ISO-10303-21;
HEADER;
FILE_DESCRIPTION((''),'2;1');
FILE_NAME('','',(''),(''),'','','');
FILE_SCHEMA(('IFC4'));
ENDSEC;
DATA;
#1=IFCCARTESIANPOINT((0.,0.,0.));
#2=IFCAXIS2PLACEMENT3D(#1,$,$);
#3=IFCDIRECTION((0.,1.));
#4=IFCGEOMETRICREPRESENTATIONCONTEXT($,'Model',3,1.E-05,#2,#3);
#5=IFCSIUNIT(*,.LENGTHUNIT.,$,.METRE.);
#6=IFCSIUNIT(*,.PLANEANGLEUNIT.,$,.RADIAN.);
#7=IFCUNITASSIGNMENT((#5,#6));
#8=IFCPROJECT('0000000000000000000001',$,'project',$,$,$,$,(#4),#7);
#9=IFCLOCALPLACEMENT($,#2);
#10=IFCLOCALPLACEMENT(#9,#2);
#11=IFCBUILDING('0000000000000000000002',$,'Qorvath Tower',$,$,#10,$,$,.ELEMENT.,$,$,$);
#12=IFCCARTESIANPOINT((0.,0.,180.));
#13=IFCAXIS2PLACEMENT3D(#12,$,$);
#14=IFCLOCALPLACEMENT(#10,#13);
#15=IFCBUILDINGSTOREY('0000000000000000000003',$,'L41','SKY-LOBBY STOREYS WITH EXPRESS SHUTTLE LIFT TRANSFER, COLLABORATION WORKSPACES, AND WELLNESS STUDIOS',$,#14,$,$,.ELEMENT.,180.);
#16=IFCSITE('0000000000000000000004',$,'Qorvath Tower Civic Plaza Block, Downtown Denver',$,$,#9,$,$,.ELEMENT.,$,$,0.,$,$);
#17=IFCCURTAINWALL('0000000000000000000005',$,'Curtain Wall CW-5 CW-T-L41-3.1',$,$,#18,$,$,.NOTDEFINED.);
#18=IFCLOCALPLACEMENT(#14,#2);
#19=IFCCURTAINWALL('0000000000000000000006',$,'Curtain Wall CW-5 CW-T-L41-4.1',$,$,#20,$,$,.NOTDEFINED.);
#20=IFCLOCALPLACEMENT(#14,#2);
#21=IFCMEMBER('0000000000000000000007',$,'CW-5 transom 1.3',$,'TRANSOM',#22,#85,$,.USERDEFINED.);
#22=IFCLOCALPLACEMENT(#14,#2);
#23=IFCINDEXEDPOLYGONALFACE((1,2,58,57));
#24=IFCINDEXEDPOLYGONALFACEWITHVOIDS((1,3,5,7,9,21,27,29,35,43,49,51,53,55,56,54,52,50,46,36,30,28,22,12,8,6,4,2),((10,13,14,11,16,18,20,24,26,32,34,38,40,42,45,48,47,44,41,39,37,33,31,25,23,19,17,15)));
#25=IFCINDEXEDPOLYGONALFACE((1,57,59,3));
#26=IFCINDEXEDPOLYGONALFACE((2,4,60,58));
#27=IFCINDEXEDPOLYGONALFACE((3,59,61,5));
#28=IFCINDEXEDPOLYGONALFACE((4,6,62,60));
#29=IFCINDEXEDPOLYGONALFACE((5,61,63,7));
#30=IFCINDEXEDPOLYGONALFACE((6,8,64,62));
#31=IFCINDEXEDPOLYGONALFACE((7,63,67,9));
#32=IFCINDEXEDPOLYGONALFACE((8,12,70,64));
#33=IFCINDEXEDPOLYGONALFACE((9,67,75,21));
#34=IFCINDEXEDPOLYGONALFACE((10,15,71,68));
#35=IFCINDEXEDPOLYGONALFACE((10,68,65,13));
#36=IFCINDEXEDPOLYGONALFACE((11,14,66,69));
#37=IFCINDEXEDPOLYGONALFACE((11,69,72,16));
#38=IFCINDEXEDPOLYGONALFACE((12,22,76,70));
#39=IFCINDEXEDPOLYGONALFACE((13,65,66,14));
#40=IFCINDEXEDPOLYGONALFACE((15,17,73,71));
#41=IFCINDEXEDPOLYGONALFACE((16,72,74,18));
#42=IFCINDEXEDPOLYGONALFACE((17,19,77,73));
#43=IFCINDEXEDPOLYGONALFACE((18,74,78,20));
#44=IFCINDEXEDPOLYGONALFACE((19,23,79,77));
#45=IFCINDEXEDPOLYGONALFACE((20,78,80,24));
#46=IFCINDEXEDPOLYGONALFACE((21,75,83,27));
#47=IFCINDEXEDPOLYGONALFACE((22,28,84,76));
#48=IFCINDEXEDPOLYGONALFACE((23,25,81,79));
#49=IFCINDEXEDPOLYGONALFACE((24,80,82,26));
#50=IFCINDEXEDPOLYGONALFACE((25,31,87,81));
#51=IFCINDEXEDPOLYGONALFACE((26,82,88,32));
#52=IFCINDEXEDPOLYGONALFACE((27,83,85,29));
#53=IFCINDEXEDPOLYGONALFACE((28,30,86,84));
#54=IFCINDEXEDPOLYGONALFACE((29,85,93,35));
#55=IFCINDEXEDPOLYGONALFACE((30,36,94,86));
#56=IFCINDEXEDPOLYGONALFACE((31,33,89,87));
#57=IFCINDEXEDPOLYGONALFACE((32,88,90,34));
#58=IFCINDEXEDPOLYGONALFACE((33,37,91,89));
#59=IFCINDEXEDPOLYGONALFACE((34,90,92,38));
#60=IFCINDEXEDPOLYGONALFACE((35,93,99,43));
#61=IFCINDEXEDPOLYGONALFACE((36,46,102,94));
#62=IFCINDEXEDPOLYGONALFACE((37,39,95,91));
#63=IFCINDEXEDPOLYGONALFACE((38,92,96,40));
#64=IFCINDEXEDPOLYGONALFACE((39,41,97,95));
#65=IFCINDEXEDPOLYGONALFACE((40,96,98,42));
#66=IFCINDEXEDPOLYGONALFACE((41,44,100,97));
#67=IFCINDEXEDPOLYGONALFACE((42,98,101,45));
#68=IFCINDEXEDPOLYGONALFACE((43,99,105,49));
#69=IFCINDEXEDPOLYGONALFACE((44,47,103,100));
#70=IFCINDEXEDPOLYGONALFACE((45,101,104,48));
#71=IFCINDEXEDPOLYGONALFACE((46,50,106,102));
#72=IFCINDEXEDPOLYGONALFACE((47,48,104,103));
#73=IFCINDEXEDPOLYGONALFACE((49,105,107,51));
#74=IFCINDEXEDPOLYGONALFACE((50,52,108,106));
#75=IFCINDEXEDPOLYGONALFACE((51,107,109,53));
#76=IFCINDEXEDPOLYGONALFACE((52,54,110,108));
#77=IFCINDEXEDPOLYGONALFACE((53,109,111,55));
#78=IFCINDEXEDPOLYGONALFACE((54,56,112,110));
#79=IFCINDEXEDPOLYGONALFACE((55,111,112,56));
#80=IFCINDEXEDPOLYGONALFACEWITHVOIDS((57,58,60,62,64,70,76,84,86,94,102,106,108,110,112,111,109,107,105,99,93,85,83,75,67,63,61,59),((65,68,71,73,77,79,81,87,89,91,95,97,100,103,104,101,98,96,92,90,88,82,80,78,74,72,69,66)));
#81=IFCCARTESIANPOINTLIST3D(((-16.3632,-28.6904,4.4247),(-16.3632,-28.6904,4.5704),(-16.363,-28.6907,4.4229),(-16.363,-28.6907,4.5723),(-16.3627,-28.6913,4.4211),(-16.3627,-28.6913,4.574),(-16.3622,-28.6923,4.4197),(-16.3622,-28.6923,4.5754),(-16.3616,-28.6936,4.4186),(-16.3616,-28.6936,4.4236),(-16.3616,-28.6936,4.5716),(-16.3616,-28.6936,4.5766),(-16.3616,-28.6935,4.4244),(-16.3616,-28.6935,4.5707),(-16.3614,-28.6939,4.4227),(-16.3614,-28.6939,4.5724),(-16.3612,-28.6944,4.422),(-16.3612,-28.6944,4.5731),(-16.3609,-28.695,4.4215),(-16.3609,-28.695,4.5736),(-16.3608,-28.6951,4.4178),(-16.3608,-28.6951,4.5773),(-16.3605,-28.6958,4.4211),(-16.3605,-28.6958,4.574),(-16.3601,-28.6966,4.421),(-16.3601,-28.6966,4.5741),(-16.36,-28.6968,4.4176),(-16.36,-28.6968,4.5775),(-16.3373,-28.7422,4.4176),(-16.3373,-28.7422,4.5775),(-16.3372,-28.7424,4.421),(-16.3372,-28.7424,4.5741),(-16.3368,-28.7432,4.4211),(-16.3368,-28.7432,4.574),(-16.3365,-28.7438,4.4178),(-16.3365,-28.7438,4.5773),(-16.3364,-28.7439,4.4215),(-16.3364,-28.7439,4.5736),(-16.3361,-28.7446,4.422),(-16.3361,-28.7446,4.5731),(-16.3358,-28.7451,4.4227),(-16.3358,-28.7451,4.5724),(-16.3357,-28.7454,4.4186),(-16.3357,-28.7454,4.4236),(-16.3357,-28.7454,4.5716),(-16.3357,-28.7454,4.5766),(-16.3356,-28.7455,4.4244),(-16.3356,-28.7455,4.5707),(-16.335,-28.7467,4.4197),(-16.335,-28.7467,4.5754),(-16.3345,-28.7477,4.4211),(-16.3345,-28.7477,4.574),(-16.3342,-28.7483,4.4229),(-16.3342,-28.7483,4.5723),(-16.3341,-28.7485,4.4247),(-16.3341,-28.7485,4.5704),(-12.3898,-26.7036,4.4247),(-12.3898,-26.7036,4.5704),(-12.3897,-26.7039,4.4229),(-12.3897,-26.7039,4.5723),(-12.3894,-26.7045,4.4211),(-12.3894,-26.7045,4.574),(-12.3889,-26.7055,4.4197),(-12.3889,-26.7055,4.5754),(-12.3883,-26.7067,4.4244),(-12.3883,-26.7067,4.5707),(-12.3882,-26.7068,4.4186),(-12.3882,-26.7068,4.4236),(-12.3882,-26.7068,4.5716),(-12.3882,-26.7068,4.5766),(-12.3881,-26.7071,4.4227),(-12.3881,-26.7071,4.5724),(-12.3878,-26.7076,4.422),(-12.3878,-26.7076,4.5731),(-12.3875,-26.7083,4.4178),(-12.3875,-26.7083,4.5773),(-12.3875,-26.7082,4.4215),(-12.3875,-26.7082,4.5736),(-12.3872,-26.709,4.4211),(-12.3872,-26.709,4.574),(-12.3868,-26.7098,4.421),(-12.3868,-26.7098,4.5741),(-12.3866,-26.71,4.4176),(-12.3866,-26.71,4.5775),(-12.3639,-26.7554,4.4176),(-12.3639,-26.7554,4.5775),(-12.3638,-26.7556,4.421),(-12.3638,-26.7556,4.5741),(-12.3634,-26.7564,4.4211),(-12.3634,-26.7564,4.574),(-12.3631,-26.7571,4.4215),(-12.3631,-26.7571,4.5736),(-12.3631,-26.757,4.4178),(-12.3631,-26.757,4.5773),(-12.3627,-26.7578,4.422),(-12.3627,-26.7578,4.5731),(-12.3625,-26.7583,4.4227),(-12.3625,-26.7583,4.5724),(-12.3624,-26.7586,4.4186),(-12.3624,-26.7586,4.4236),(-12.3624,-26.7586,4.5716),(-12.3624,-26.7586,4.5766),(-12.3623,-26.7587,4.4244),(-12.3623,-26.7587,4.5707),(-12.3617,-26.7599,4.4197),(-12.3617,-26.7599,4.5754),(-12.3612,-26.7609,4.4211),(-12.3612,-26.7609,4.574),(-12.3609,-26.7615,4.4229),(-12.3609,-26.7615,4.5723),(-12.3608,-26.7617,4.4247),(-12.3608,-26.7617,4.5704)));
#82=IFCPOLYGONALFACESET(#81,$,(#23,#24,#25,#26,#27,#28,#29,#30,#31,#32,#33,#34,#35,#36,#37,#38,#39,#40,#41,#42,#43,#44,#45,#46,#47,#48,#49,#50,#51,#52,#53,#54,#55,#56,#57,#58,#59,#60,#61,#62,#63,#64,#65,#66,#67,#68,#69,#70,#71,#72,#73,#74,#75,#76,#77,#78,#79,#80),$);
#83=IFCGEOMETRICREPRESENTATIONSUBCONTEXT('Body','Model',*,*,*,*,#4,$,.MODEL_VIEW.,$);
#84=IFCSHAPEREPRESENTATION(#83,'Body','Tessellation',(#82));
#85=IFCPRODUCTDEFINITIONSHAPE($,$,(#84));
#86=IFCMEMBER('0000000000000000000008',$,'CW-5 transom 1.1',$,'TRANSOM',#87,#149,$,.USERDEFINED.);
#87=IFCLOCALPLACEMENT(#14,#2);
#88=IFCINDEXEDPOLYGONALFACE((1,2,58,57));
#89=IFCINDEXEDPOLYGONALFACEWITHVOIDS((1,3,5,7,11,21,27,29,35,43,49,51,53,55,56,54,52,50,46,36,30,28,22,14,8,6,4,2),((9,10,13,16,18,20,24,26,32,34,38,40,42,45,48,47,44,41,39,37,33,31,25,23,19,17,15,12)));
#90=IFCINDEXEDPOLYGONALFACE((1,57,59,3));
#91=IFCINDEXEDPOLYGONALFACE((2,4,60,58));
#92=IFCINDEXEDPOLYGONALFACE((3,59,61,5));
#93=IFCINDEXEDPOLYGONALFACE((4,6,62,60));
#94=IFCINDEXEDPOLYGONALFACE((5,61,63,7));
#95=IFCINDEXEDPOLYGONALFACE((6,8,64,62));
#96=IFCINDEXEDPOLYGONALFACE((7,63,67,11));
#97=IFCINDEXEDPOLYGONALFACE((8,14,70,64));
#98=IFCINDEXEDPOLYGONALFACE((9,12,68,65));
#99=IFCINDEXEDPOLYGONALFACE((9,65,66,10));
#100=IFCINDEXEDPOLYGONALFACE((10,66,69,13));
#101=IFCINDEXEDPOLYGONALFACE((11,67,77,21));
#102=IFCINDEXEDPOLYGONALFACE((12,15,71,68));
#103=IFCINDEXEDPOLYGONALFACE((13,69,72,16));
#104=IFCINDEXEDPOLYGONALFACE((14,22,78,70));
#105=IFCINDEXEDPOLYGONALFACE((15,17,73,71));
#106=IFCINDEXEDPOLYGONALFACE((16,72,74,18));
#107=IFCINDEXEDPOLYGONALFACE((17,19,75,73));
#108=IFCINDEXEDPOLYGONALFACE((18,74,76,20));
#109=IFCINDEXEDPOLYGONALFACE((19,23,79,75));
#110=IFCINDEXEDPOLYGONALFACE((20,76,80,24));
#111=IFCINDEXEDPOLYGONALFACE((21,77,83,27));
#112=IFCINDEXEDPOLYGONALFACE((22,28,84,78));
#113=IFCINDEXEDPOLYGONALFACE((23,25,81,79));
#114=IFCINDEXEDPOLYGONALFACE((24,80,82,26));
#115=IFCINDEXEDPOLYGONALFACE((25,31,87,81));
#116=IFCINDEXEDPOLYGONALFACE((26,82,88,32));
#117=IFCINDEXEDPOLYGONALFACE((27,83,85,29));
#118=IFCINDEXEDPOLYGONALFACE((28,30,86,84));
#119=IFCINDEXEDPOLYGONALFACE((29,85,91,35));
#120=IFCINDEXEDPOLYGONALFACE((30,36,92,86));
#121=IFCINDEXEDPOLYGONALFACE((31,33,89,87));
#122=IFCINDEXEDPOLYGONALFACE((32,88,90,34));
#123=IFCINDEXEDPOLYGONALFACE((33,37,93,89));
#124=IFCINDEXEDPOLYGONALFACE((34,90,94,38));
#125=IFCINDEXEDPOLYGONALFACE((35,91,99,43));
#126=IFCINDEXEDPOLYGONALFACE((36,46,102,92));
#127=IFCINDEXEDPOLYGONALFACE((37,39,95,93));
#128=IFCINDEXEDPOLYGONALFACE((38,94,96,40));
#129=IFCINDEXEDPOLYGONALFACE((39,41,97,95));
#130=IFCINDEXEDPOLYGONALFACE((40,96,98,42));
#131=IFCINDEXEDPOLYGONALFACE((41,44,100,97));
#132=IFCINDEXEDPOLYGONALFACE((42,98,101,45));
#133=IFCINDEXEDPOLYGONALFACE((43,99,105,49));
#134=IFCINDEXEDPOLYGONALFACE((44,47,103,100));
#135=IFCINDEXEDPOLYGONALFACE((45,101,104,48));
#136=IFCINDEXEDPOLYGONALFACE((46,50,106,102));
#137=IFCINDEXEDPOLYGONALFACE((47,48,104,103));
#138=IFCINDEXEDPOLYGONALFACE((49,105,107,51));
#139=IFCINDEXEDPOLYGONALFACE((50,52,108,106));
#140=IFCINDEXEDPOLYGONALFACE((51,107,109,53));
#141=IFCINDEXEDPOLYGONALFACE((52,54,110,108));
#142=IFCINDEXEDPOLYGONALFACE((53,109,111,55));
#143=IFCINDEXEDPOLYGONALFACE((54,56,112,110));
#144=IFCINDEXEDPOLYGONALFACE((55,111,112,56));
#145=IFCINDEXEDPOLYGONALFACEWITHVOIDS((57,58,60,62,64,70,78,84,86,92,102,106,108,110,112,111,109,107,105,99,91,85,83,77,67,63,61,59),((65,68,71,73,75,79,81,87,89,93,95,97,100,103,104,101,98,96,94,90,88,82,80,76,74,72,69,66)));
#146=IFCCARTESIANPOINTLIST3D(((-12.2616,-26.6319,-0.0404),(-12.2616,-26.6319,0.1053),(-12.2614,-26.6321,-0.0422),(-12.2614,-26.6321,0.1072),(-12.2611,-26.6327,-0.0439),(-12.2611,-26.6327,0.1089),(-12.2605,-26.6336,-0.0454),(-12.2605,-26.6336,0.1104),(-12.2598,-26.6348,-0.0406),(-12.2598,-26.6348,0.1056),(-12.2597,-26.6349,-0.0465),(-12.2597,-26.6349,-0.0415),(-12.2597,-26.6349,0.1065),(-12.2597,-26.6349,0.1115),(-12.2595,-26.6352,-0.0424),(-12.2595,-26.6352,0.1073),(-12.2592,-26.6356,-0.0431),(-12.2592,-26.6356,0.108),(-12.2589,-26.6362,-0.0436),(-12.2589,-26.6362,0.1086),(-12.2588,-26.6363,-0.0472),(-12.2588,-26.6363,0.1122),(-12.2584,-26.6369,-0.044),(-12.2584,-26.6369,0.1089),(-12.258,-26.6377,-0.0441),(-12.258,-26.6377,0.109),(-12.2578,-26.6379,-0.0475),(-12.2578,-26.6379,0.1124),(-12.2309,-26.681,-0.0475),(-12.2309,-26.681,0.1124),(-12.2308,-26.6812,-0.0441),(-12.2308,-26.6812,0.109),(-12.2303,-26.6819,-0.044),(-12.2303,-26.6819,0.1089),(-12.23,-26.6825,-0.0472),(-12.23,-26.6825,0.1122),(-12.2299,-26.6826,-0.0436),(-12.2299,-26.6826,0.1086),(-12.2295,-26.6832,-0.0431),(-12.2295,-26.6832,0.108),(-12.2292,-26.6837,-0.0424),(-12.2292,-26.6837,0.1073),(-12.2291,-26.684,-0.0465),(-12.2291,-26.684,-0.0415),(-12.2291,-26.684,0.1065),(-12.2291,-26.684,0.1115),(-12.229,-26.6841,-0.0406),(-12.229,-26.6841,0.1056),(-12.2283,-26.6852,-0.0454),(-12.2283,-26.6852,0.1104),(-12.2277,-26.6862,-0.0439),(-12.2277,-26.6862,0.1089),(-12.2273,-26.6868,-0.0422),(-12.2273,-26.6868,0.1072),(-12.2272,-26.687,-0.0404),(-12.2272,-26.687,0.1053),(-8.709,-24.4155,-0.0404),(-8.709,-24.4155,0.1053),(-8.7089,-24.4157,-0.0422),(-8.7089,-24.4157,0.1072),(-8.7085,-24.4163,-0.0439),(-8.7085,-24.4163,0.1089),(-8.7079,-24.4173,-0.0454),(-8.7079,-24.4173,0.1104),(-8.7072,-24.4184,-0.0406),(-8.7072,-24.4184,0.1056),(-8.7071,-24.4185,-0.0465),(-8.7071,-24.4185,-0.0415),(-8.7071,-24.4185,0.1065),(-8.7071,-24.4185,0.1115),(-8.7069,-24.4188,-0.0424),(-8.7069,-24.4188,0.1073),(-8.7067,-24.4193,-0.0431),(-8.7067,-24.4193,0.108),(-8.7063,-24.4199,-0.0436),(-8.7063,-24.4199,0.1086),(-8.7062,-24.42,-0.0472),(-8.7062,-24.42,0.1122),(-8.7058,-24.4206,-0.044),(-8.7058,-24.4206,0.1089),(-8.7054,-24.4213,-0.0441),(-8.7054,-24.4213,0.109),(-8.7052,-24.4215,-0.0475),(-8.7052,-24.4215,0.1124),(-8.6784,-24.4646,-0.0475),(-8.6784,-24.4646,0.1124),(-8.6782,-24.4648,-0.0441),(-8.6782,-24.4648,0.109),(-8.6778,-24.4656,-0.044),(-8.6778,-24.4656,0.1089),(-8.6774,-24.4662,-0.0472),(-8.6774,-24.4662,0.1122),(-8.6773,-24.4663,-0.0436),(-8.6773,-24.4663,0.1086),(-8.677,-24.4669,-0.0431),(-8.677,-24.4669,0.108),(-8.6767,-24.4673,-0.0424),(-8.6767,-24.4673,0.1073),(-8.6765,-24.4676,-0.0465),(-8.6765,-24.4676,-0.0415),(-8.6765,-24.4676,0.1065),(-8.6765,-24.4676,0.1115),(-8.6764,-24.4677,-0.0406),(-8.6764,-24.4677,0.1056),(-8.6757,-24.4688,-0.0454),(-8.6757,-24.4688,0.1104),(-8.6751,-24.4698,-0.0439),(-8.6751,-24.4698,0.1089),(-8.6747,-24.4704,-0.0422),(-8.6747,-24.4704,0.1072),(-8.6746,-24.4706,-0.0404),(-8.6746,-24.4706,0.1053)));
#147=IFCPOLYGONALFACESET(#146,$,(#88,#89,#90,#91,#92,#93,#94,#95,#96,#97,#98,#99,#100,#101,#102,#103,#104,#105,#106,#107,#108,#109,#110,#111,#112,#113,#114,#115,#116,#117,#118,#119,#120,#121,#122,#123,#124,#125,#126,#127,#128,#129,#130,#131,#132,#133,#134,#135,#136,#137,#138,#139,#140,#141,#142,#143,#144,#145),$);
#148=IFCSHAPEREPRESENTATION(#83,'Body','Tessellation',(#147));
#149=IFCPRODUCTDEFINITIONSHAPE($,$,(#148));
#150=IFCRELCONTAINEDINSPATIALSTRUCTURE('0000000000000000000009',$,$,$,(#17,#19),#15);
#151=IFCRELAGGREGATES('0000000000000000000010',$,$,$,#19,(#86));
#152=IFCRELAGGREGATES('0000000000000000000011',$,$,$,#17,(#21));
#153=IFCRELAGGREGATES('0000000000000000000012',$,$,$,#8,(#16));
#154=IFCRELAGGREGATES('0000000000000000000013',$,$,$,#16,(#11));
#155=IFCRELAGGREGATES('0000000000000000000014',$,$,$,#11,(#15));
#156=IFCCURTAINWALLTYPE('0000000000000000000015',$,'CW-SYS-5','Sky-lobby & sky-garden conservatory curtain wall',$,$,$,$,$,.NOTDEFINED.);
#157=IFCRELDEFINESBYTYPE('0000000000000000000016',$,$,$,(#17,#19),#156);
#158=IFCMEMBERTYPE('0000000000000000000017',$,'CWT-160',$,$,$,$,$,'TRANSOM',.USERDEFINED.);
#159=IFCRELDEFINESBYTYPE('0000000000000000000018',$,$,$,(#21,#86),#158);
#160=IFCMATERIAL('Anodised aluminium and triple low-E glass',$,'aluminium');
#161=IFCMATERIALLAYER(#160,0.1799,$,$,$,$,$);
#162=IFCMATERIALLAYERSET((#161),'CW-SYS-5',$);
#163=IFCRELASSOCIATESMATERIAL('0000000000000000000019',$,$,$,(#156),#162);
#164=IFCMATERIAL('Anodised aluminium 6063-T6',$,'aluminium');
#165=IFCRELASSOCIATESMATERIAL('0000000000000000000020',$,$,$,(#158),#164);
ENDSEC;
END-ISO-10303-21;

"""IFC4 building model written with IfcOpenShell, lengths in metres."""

from ifc_helpers import new_model, si_unit, direction, frame, origin, origin_2d, place, context, subcontext, project, spatial, hollow_rectangle, extrude, material, layer, layer_set, material_profile, profile_set, type_object, element, aggregate, save


model = new_model("IFC4")

# Units and contexts
model_context = context("Model", 3, precision=1e-05, world=origin(), true_north=direction((0.0, 1.0)))
body_context = subcontext(model_context, "Body", "Model", "MODEL_VIEW")
ifc_project = project(units=[si_unit("LENGTHUNIT", "METRE"), si_unit("PLANEANGLEUNIT", "RADIAN")], contexts=[model_context])

# Site, building, storey
site_placement = place(None, origin())
site = spatial("IfcSite", under=ifc_project, at=site_placement, Name="Qorvath Tower Civic Plaza Block, Downtown Denver", CompositionType="ELEMENT", RefElevation=0.0)
building_placement = place(site_placement, origin())
building = spatial("IfcBuilding", under=site, at=building_placement, Name="Qorvath Tower", CompositionType="ELEMENT")
storey_placement = place(building_placement, frame((0.0, 0.0, 180.0)))
storey = spatial("IfcBuildingStorey", under=building, at=storey_placement, Name="L41", Description="SKY-LOBBY STOREYS WITH EXPRESS SHUTTLE LIFT TRANSFER, COLLABORATION WORKSPACES, AND WELLNESS STUDIOS", CompositionType="ELEMENT", Elevation=180.0)

# Shared definitions
ifc_material_1 = material(Name="Anodised aluminium and triple low-E glass", Category="aluminium")
ifc_layer_1 = layer(ifc_material_1, 0.1799)
ifc_layer_set_1 = layer_set([ifc_layer_1], Name="CW-SYS-5")
curtain_wall_type = type_object("IfcCurtainWallType", Name="CW-SYS-5", Description="Sky-lobby & sky-garden conservatory curtain wall", PredefinedType="NOTDEFINED", material=ifc_layer_set_1)

# Curtain wall
curtain_wall_1_placement = place(storey_placement, origin())
curtain_wall_1 = element("IfcCurtainWall", 1, at=curtain_wall_1_placement, inside=storey, type_object=curtain_wall_type, Name="Curtain Wall CW-5 CW-T-L41-3.1", PredefinedType="NOTDEFINED")

# Curtain wall
curtain_wall_2_placement = place(storey_placement, origin())
curtain_wall_2 = element("IfcCurtainWall", 2, at=curtain_wall_2_placement, inside=storey, type_object=curtain_wall_type, Name="Curtain Wall CW-5 CW-T-L41-4.1", PredefinedType="NOTDEFINED")

# Members
ifc_material_2 = material(Name="Anodised aluminium 6063-T6", Category="aluminium")
ifc_material_profile_1 = material_profile(ifc_material_2, hollow_rectangle(XDim=0.0649, YDim=0.1599, WallThickness=0.0034, InnerFilletRadius=0.0034, OuterFilletRadius=0.0071, at=origin_2d()), Name="CWT 160x65")
ifc_profile_set_1 = profile_set([ifc_material_profile_1], Name="Anodised aluminium 6063-T6")
member_type_1 = type_object("IfcMemberType", Name="CWT-160", ElementType="TRANSOM", PredefinedType="USERDEFINED", material=ifc_profile_set_1)
member_1_placement = place(storey_placement, frame((-16.3486, -28.7195, 4.4976), z_axis=(0.894416, 0.447236, 0.0), x_axis=(-0.447236, 0.894416, 0.0)))
member_1 = element("IfcMember", 3, at=member_1_placement, type_object=member_type_1, Name="CW-5 transom 1.3", ObjectType="TRANSOM", PredefinedType="USERDEFINED", context=body_context, shape_type="SweptSolid", body=[
    extrude(hollow_rectangle(XDim=0.0649, YDim=0.1599, WallThickness=0.0034, InnerFilletRadius=0.0034, OuterFilletRadius=0.0071, at=origin_2d()), origin(), (0.0, 0.0, 1.0), 4.4424),
])
member_2_placement = place(storey_placement, frame((-12.2444, -26.6594, 0.0325), z_axis=(0.848427, 0.529312, 0.0), x_axis=(-0.529312, 0.848427, 0.0)))
member_2 = element("IfcMember", 4, at=member_2_placement, type_object=member_type_1, Name="CW-5 transom 1.1", ObjectType="TRANSOM", PredefinedType="USERDEFINED", context=body_context, shape_type="SweptSolid", body=[
    extrude(hollow_rectangle(XDim=0.0649, YDim=0.1599, WallThickness=0.0034, InnerFilletRadius=0.0034, OuterFilletRadius=0.0071, at=origin_2d()), origin(), (0.0, 0.0, 1.0), 4.1873),
])
aggregate(curtain_wall_2, [member_2])

aggregate(curtain_wall_1, [member_1])

save(model, "model.ifc")
